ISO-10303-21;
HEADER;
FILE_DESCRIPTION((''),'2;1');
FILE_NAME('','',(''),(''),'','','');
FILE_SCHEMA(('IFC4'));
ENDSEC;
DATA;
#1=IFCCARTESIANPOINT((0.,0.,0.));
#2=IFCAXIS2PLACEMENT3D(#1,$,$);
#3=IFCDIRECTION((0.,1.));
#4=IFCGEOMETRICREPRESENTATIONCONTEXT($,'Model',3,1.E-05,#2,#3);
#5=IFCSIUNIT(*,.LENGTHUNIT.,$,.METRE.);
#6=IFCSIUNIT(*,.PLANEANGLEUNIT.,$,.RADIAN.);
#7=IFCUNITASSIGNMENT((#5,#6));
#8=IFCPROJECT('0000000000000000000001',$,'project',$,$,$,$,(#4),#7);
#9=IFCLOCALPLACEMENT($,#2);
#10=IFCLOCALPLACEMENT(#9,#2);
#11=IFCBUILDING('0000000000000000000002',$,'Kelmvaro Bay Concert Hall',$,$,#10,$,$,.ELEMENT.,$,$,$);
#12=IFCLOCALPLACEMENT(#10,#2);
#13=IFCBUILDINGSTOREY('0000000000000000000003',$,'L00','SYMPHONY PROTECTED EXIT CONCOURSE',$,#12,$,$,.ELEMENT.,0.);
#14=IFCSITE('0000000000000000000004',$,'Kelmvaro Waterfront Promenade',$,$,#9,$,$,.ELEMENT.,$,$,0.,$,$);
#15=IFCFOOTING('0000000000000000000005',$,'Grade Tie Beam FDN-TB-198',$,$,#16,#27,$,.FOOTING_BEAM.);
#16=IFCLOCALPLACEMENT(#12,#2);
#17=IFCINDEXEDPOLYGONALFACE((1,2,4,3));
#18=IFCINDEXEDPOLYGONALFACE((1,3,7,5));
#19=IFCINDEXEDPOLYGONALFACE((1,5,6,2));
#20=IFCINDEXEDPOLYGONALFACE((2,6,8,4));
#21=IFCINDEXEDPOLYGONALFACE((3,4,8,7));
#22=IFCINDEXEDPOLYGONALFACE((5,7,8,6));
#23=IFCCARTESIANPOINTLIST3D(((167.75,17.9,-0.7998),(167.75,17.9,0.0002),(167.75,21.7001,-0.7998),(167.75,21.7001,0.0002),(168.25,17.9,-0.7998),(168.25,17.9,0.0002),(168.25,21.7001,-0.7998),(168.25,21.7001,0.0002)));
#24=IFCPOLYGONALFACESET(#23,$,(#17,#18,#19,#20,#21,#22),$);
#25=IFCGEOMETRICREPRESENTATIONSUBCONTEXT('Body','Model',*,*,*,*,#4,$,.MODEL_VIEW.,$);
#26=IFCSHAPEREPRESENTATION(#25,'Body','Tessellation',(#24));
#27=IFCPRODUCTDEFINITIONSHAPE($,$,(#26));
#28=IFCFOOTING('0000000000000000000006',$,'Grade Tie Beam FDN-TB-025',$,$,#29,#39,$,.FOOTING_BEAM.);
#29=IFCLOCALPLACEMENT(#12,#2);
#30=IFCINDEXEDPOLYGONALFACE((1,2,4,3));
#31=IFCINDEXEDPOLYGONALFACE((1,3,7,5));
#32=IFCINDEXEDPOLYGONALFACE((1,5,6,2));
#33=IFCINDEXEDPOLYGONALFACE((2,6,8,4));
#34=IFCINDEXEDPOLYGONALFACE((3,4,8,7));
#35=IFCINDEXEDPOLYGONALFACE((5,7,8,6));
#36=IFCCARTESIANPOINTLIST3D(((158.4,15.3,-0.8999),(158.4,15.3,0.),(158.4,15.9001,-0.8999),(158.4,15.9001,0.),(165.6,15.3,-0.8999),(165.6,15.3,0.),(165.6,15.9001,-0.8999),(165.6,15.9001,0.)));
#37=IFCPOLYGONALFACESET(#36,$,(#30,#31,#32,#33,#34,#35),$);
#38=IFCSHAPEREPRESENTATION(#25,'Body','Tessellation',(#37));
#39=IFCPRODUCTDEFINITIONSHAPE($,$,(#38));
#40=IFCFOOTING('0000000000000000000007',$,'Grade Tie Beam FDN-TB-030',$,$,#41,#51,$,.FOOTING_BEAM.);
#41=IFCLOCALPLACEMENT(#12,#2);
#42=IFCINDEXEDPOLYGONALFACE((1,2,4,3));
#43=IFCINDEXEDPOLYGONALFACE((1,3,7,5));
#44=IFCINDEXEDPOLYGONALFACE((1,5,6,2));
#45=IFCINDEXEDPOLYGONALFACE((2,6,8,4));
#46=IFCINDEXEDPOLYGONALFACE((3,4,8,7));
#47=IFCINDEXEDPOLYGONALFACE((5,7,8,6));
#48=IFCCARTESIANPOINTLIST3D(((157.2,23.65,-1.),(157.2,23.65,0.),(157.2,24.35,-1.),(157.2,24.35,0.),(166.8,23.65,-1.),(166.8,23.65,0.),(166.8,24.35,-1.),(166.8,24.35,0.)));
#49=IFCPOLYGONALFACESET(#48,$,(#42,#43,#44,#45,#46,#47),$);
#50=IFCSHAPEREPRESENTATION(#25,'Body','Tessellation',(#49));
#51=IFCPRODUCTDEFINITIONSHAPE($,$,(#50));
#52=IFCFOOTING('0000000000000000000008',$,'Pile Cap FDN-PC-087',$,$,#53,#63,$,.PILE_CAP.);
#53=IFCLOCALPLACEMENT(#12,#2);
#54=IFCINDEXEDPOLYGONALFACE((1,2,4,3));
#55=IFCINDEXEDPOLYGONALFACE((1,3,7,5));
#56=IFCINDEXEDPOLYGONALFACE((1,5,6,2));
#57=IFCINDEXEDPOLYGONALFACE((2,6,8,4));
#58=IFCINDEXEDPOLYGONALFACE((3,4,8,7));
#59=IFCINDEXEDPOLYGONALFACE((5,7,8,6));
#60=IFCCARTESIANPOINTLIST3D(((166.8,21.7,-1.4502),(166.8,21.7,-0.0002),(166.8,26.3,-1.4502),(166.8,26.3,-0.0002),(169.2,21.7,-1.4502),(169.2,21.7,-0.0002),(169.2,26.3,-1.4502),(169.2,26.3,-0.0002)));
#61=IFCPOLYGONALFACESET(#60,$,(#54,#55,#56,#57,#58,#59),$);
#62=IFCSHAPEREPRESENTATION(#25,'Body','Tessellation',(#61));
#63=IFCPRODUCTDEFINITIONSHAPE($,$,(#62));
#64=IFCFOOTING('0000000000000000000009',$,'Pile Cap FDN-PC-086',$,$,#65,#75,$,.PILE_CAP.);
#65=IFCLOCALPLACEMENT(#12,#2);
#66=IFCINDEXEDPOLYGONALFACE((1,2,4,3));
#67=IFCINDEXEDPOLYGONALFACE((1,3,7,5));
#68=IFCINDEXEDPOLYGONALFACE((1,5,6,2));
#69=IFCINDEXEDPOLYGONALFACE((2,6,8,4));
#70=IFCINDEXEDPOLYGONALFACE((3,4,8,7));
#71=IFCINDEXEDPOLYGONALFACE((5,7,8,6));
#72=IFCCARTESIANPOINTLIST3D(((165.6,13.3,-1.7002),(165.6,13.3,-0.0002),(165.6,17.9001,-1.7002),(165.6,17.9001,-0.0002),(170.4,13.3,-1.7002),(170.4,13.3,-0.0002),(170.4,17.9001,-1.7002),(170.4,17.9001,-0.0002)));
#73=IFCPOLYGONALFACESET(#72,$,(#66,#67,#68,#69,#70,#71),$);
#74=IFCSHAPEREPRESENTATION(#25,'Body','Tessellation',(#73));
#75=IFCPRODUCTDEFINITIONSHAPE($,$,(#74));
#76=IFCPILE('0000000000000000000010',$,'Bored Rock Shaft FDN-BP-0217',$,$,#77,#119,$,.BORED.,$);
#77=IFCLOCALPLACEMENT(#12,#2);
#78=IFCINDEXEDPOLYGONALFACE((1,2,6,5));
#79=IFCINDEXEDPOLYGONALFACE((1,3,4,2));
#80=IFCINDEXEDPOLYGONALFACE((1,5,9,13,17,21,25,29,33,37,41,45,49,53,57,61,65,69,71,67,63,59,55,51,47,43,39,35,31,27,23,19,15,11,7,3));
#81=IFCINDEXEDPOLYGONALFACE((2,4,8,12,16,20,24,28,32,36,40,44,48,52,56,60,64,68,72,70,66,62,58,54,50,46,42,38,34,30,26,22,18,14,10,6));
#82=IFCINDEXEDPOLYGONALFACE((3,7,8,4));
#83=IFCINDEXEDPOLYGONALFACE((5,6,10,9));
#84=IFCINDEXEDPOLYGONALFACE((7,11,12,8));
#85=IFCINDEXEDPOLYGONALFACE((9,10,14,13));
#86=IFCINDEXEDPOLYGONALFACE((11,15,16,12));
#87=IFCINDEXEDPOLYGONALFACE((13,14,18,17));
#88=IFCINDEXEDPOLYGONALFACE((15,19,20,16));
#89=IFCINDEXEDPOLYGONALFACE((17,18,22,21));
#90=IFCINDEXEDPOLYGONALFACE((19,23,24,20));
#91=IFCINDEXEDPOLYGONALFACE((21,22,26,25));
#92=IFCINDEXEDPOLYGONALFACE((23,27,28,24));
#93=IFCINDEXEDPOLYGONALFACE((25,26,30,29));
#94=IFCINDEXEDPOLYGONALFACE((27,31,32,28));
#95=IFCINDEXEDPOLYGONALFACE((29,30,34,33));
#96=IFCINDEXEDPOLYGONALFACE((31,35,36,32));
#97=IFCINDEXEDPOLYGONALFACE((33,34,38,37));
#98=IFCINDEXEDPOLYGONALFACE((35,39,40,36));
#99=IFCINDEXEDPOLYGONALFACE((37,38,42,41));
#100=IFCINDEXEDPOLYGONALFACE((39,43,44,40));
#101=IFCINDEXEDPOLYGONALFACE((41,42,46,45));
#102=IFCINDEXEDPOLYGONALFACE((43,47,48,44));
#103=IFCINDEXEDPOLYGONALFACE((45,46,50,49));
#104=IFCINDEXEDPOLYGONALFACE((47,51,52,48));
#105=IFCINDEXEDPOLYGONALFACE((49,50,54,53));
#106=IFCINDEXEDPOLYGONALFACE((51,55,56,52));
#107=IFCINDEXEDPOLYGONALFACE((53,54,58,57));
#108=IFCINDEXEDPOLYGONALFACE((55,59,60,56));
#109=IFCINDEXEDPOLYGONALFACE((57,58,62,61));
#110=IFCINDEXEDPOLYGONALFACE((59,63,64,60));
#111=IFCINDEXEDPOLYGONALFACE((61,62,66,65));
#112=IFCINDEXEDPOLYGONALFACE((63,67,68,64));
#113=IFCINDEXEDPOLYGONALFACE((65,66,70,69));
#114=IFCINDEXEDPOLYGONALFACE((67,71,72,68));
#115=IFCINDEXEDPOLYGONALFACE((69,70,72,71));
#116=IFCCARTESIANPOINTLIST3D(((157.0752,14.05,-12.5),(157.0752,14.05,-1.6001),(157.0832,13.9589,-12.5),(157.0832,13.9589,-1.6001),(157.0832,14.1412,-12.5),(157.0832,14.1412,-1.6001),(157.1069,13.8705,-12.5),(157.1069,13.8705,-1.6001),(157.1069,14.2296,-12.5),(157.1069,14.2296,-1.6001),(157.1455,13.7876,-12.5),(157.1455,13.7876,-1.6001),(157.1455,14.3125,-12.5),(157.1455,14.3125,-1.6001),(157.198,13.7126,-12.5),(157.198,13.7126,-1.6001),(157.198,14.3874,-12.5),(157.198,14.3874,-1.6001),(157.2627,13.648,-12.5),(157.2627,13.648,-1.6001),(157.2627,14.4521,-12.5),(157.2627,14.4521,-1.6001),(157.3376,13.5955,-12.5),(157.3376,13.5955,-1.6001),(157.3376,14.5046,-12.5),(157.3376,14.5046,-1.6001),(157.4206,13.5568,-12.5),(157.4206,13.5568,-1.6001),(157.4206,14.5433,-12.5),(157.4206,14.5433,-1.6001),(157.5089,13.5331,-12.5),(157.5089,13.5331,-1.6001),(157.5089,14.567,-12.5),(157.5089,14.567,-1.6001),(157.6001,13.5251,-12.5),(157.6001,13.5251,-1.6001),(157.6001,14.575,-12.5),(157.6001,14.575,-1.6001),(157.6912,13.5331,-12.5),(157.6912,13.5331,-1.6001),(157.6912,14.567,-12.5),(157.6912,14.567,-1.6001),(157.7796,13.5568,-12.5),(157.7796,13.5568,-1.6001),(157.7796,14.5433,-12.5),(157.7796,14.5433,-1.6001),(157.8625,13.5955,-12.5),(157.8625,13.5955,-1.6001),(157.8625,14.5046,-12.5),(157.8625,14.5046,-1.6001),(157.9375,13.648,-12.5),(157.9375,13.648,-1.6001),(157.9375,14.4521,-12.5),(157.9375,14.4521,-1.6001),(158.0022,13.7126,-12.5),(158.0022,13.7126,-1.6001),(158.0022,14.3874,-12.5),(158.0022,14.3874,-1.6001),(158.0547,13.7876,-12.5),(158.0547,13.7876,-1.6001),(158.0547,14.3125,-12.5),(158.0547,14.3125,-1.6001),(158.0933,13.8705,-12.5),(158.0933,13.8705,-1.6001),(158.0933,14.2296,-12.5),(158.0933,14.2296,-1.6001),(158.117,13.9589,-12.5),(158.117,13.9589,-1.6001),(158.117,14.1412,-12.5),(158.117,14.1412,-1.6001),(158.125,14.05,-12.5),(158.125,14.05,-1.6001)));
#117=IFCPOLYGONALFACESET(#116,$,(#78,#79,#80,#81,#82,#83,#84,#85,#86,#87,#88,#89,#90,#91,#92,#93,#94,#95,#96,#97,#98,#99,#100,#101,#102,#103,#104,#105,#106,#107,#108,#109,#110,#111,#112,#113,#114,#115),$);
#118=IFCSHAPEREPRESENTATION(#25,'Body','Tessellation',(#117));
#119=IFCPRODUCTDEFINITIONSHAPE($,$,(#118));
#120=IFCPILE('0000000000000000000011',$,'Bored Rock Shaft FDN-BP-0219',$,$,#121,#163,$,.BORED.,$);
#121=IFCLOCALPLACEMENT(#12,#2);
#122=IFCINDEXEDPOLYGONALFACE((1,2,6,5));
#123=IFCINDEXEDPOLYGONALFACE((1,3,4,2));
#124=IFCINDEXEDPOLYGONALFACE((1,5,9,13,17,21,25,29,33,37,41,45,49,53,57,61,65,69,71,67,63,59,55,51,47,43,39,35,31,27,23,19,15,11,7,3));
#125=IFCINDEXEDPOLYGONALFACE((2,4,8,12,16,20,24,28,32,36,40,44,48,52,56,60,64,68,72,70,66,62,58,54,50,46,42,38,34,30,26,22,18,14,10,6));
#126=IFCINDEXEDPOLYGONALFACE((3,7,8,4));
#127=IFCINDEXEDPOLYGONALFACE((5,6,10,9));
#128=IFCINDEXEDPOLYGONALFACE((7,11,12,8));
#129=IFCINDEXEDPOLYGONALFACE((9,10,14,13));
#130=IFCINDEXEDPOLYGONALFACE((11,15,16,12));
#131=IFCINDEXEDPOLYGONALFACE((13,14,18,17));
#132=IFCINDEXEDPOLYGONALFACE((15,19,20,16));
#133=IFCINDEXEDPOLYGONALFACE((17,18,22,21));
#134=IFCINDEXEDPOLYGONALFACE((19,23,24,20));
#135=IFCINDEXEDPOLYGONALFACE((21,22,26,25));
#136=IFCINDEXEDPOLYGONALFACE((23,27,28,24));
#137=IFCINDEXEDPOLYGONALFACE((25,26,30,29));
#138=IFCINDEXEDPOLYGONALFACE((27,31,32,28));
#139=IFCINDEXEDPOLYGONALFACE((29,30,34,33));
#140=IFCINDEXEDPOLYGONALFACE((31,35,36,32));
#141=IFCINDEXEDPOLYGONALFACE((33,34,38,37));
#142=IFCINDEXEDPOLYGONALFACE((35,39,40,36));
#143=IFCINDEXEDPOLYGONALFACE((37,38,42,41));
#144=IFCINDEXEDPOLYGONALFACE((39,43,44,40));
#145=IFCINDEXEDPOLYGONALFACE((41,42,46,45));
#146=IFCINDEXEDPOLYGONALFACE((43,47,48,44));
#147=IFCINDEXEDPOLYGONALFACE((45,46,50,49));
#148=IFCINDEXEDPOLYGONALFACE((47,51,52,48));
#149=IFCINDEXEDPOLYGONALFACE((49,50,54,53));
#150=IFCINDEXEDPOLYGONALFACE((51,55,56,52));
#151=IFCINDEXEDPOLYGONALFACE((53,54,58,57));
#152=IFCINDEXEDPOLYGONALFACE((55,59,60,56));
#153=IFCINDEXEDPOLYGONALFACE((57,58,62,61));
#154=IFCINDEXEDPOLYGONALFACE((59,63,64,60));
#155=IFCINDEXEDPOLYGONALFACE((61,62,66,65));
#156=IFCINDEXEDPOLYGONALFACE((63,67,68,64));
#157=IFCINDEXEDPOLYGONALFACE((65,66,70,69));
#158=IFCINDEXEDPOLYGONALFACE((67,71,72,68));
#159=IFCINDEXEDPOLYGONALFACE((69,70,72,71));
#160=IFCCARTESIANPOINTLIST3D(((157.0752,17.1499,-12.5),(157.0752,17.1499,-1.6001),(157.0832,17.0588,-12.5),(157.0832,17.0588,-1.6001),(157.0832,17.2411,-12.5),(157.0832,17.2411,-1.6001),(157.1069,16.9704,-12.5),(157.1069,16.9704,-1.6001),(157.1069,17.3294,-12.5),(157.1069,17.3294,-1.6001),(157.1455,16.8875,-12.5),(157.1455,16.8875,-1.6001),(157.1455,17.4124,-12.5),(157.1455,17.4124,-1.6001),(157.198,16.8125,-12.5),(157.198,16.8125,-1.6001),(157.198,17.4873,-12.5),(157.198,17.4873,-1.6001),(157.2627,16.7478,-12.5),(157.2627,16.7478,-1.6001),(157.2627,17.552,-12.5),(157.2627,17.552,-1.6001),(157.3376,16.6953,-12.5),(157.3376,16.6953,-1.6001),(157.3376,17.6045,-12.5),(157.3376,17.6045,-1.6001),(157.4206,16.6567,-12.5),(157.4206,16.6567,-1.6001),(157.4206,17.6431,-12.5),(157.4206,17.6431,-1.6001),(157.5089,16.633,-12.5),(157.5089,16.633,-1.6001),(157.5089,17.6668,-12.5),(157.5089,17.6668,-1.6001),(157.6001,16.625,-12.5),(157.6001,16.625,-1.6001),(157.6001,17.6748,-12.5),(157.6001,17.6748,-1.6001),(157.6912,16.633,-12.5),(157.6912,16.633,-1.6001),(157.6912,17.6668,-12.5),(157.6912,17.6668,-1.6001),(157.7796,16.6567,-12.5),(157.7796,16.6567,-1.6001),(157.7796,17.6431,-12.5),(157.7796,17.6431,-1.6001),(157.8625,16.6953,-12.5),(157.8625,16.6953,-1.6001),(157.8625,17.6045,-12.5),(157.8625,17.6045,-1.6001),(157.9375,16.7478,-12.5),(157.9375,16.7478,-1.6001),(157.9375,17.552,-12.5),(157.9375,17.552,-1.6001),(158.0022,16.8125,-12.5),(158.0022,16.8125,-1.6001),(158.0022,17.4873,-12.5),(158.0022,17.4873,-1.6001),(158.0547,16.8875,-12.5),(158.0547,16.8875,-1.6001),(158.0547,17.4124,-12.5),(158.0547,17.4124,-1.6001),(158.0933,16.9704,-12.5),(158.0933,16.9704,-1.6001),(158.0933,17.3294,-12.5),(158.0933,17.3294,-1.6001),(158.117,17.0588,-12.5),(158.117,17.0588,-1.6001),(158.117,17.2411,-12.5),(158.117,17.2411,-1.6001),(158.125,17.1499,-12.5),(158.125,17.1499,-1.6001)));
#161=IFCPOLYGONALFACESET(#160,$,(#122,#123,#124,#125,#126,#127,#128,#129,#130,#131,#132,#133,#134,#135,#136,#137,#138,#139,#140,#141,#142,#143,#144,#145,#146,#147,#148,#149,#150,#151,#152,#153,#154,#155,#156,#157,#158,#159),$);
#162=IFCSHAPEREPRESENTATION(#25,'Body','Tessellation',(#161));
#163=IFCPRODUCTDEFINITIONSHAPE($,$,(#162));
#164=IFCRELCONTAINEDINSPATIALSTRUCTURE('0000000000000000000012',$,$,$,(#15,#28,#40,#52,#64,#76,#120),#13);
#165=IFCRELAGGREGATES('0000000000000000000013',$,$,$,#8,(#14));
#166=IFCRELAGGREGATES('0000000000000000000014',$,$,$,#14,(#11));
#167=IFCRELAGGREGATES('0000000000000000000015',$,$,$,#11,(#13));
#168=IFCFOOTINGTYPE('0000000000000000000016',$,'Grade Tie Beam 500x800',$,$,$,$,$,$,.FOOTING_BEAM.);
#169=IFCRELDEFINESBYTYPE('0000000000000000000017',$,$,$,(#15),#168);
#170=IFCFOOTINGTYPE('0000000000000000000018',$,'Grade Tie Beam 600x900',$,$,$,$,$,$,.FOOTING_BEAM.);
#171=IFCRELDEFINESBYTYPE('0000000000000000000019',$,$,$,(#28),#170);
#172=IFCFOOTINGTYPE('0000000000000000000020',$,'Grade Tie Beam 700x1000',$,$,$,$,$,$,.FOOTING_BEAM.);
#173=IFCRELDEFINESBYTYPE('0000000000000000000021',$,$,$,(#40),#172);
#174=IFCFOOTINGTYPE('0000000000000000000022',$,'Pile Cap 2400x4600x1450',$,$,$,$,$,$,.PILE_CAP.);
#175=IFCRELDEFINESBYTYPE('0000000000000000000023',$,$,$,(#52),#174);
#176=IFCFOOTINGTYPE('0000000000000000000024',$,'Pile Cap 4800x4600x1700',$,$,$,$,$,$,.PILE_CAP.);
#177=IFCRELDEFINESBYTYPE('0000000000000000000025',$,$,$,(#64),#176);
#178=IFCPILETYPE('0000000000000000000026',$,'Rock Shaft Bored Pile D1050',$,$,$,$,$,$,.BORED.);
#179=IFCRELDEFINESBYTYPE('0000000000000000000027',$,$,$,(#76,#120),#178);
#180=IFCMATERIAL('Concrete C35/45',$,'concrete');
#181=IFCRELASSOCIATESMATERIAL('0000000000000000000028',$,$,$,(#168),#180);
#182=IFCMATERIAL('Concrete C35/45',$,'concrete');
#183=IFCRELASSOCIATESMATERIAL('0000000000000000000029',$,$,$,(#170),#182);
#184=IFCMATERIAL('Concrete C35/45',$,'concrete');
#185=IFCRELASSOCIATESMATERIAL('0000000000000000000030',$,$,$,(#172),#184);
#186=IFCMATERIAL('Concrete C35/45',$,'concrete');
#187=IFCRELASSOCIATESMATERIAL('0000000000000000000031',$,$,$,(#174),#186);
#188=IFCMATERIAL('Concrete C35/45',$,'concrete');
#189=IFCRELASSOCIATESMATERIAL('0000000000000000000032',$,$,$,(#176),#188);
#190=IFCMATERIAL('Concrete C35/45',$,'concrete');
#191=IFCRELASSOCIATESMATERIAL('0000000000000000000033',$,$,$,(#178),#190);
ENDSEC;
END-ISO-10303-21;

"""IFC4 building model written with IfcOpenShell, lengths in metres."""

from ifc_helpers import new_model, si_unit, direction, frame, origin, origin_2d, place, context, subcontext, project, spatial, rectangle, circle, extrude, material, material_profile, profile_set, type_object, element, save


model = new_model("IFC4")

# Units and contexts
model_context = context("Model", 3, precision=1e-05, world=origin(), true_north=direction((0.0, 1.0)))
body_context = subcontext(model_context, "Body", "Model", "MODEL_VIEW")
ifc_project = project(units=[si_unit("LENGTHUNIT", "METRE"), si_unit("PLANEANGLEUNIT", "RADIAN")], contexts=[model_context])

# Site, building, storey
site_placement = place(None, origin())
site = spatial("IfcSite", under=ifc_project, at=site_placement, Name="Kelmvaro Waterfront Promenade", CompositionType="ELEMENT", RefElevation=0.0)
building_placement = place(site_placement, origin())
building = spatial("IfcBuilding", under=site, at=building_placement, Name="Kelmvaro Bay Concert Hall", CompositionType="ELEMENT")
storey_placement = place(building_placement, origin())
storey = spatial("IfcBuildingStorey", under=building, at=storey_placement, Name="L00", Description="SYMPHONY PROTECTED EXIT CONCOURSE", CompositionType="ELEMENT", Elevation=0.0)

# Footings
ifc_material_1 = material(Name="Concrete C35/45", Category="concrete")
footing_type_1 = type_object("IfcFootingType", Name="Grade Tie Beam 500x800", PredefinedType="FOOTING_BEAM", material=ifc_material_1)
footing_1_placement = place(storey_placement, frame((168.0, 19.8, -0.7998), z_axis=(0.0, 0.0, 1.0), x_axis=(0.0, 1.0, 0.0)))
element("IfcFooting", 1, at=footing_1_placement, inside=storey, type_object=footing_type_1, Name="Grade Tie Beam FDN-TB-198", PredefinedType="FOOTING_BEAM", context=body_context, shape_type="SweptSolid", body=[
    extrude(rectangle(XDim=3.8, YDim=0.5, at=origin_2d()), origin(), (0.0, 0.0, 1.0), 0.8),
])
ifc_material_2 = material(Name="Concrete C35/45", Category="concrete")
footing_type_2 = type_object("IfcFootingType", Name="Grade Tie Beam 600x900", PredefinedType="FOOTING_BEAM", material=ifc_material_2)
footing_2_placement = place(storey_placement, frame((162.0, 15.6001, -0.8999), z_axis=(0.0, 0.0, 1.0), x_axis=(1.0, 0.0, 0.0)))
element("IfcFooting", 2, at=footing_2_placement, inside=storey, type_object=footing_type_2, Name="Grade Tie Beam FDN-TB-025", PredefinedType="FOOTING_BEAM", context=body_context, shape_type="SweptSolid", body=[
    extrude(rectangle(XDim=7.2, YDim=0.6001, at=origin_2d()), origin(), (0.0, 0.0, 1.0), 0.8999),
])
ifc_material_3 = material(Name="Concrete C35/45", Category="concrete")
footing_type_3 = type_object("IfcFootingType", Name="Grade Tie Beam 700x1000", PredefinedType="FOOTING_BEAM", material=ifc_material_3)
footing_3_placement = place(storey_placement, frame((162.0, 24.0, -1.0), z_axis=(0.0, 0.0, 1.0), x_axis=(1.0, 0.0, 0.0)))
element("IfcFooting", 3, at=footing_3_placement, inside=storey, type_object=footing_type_3, Name="Grade Tie Beam FDN-TB-030", PredefinedType="FOOTING_BEAM", context=body_context, shape_type="SweptSolid", body=[
    extrude(rectangle(XDim=9.6001, YDim=0.7, at=origin_2d()), origin(), (0.0, 0.0, 1.0), 1.0),
])
ifc_material_4 = material(Name="Concrete C35/45", Category="concrete")
footing_type_4 = type_object("IfcFootingType", Name="Pile Cap 2400x4600x1450", PredefinedType="PILE_CAP", material=ifc_material_4)
footing_4_placement = place(storey_placement, frame((168.0, 24.0, -1.4502), z_axis=(0.0, 0.0, 1.0), x_axis=(1.0, 0.0, 0.0)))
element("IfcFooting", 4, at=footing_4_placement, inside=storey, type_object=footing_type_4, Name="Pile Cap FDN-PC-087", PredefinedType="PILE_CAP", context=body_context, shape_type="SweptSolid", body=[
    extrude(rectangle(XDim=2.3999, YDim=4.6001, at=origin_2d()), origin(), (0.0, 0.0, 1.0), 1.45),
])
ifc_material_5 = material(Name="Concrete C35/45", Category="concrete")
footing_type_5 = type_object("IfcFootingType", Name="Pile Cap 4800x4600x1700", PredefinedType="PILE_CAP", material=ifc_material_5)
footing_5_placement = place(storey_placement, frame((168.0, 15.6001, -1.7002), z_axis=(0.0, 0.0, 1.0), x_axis=(1.0, 0.0, 0.0)))
element("IfcFooting", 5, at=footing_5_placement, inside=storey, type_object=footing_type_5, Name="Pile Cap FDN-PC-086", PredefinedType="PILE_CAP", context=body_context, shape_type="SweptSolid", body=[
    extrude(rectangle(XDim=4.8, YDim=4.6001, at=origin_2d()), origin(), (0.0, 0.0, 1.0), 1.7),
])

# Piles
ifc_material_6 = material(Name="Concrete C35/45", Category="concrete")
ifc_material_profile_1 = material_profile(ifc_material_6, circle(Radius=0.5249, at=origin_2d()), Name="PILE-BORED-1050")
ifc_profile_set_1 = profile_set([ifc_material_profile_1], Name="Concrete C35/45")
pile_type = type_object("IfcPileType", Name="Rock Shaft Bored Pile D1050", PredefinedType="BORED", material=ifc_profile_set_1)
for number, where, z_axis, x_axis, name in (
    (6, (157.6001, 14.05, -1.6001), (0.0, 0.0, -1.0), (1.0, 0.0, 0.0), "Bored Rock Shaft FDN-BP-0217"),
    (7, (157.6001, 17.1499, -1.6001), (0.0, 0.0, -1.0), (1.0, 0.0, 0.0), "Bored Rock Shaft FDN-BP-0219"),
):
    element("IfcPile", number, at=place(storey_placement, frame(where, z_axis=z_axis, x_axis=x_axis)), inside=storey, type_object=pile_type, Name=name, PredefinedType="BORED", context=body_context, shape_type="SweptSolid", body=[
        extrude(circle(Radius=0.5249, at=origin_2d()), origin(), (0.0, 0.0, 1.0), 10.8999),
    ])

save(model, "model.ifc")
